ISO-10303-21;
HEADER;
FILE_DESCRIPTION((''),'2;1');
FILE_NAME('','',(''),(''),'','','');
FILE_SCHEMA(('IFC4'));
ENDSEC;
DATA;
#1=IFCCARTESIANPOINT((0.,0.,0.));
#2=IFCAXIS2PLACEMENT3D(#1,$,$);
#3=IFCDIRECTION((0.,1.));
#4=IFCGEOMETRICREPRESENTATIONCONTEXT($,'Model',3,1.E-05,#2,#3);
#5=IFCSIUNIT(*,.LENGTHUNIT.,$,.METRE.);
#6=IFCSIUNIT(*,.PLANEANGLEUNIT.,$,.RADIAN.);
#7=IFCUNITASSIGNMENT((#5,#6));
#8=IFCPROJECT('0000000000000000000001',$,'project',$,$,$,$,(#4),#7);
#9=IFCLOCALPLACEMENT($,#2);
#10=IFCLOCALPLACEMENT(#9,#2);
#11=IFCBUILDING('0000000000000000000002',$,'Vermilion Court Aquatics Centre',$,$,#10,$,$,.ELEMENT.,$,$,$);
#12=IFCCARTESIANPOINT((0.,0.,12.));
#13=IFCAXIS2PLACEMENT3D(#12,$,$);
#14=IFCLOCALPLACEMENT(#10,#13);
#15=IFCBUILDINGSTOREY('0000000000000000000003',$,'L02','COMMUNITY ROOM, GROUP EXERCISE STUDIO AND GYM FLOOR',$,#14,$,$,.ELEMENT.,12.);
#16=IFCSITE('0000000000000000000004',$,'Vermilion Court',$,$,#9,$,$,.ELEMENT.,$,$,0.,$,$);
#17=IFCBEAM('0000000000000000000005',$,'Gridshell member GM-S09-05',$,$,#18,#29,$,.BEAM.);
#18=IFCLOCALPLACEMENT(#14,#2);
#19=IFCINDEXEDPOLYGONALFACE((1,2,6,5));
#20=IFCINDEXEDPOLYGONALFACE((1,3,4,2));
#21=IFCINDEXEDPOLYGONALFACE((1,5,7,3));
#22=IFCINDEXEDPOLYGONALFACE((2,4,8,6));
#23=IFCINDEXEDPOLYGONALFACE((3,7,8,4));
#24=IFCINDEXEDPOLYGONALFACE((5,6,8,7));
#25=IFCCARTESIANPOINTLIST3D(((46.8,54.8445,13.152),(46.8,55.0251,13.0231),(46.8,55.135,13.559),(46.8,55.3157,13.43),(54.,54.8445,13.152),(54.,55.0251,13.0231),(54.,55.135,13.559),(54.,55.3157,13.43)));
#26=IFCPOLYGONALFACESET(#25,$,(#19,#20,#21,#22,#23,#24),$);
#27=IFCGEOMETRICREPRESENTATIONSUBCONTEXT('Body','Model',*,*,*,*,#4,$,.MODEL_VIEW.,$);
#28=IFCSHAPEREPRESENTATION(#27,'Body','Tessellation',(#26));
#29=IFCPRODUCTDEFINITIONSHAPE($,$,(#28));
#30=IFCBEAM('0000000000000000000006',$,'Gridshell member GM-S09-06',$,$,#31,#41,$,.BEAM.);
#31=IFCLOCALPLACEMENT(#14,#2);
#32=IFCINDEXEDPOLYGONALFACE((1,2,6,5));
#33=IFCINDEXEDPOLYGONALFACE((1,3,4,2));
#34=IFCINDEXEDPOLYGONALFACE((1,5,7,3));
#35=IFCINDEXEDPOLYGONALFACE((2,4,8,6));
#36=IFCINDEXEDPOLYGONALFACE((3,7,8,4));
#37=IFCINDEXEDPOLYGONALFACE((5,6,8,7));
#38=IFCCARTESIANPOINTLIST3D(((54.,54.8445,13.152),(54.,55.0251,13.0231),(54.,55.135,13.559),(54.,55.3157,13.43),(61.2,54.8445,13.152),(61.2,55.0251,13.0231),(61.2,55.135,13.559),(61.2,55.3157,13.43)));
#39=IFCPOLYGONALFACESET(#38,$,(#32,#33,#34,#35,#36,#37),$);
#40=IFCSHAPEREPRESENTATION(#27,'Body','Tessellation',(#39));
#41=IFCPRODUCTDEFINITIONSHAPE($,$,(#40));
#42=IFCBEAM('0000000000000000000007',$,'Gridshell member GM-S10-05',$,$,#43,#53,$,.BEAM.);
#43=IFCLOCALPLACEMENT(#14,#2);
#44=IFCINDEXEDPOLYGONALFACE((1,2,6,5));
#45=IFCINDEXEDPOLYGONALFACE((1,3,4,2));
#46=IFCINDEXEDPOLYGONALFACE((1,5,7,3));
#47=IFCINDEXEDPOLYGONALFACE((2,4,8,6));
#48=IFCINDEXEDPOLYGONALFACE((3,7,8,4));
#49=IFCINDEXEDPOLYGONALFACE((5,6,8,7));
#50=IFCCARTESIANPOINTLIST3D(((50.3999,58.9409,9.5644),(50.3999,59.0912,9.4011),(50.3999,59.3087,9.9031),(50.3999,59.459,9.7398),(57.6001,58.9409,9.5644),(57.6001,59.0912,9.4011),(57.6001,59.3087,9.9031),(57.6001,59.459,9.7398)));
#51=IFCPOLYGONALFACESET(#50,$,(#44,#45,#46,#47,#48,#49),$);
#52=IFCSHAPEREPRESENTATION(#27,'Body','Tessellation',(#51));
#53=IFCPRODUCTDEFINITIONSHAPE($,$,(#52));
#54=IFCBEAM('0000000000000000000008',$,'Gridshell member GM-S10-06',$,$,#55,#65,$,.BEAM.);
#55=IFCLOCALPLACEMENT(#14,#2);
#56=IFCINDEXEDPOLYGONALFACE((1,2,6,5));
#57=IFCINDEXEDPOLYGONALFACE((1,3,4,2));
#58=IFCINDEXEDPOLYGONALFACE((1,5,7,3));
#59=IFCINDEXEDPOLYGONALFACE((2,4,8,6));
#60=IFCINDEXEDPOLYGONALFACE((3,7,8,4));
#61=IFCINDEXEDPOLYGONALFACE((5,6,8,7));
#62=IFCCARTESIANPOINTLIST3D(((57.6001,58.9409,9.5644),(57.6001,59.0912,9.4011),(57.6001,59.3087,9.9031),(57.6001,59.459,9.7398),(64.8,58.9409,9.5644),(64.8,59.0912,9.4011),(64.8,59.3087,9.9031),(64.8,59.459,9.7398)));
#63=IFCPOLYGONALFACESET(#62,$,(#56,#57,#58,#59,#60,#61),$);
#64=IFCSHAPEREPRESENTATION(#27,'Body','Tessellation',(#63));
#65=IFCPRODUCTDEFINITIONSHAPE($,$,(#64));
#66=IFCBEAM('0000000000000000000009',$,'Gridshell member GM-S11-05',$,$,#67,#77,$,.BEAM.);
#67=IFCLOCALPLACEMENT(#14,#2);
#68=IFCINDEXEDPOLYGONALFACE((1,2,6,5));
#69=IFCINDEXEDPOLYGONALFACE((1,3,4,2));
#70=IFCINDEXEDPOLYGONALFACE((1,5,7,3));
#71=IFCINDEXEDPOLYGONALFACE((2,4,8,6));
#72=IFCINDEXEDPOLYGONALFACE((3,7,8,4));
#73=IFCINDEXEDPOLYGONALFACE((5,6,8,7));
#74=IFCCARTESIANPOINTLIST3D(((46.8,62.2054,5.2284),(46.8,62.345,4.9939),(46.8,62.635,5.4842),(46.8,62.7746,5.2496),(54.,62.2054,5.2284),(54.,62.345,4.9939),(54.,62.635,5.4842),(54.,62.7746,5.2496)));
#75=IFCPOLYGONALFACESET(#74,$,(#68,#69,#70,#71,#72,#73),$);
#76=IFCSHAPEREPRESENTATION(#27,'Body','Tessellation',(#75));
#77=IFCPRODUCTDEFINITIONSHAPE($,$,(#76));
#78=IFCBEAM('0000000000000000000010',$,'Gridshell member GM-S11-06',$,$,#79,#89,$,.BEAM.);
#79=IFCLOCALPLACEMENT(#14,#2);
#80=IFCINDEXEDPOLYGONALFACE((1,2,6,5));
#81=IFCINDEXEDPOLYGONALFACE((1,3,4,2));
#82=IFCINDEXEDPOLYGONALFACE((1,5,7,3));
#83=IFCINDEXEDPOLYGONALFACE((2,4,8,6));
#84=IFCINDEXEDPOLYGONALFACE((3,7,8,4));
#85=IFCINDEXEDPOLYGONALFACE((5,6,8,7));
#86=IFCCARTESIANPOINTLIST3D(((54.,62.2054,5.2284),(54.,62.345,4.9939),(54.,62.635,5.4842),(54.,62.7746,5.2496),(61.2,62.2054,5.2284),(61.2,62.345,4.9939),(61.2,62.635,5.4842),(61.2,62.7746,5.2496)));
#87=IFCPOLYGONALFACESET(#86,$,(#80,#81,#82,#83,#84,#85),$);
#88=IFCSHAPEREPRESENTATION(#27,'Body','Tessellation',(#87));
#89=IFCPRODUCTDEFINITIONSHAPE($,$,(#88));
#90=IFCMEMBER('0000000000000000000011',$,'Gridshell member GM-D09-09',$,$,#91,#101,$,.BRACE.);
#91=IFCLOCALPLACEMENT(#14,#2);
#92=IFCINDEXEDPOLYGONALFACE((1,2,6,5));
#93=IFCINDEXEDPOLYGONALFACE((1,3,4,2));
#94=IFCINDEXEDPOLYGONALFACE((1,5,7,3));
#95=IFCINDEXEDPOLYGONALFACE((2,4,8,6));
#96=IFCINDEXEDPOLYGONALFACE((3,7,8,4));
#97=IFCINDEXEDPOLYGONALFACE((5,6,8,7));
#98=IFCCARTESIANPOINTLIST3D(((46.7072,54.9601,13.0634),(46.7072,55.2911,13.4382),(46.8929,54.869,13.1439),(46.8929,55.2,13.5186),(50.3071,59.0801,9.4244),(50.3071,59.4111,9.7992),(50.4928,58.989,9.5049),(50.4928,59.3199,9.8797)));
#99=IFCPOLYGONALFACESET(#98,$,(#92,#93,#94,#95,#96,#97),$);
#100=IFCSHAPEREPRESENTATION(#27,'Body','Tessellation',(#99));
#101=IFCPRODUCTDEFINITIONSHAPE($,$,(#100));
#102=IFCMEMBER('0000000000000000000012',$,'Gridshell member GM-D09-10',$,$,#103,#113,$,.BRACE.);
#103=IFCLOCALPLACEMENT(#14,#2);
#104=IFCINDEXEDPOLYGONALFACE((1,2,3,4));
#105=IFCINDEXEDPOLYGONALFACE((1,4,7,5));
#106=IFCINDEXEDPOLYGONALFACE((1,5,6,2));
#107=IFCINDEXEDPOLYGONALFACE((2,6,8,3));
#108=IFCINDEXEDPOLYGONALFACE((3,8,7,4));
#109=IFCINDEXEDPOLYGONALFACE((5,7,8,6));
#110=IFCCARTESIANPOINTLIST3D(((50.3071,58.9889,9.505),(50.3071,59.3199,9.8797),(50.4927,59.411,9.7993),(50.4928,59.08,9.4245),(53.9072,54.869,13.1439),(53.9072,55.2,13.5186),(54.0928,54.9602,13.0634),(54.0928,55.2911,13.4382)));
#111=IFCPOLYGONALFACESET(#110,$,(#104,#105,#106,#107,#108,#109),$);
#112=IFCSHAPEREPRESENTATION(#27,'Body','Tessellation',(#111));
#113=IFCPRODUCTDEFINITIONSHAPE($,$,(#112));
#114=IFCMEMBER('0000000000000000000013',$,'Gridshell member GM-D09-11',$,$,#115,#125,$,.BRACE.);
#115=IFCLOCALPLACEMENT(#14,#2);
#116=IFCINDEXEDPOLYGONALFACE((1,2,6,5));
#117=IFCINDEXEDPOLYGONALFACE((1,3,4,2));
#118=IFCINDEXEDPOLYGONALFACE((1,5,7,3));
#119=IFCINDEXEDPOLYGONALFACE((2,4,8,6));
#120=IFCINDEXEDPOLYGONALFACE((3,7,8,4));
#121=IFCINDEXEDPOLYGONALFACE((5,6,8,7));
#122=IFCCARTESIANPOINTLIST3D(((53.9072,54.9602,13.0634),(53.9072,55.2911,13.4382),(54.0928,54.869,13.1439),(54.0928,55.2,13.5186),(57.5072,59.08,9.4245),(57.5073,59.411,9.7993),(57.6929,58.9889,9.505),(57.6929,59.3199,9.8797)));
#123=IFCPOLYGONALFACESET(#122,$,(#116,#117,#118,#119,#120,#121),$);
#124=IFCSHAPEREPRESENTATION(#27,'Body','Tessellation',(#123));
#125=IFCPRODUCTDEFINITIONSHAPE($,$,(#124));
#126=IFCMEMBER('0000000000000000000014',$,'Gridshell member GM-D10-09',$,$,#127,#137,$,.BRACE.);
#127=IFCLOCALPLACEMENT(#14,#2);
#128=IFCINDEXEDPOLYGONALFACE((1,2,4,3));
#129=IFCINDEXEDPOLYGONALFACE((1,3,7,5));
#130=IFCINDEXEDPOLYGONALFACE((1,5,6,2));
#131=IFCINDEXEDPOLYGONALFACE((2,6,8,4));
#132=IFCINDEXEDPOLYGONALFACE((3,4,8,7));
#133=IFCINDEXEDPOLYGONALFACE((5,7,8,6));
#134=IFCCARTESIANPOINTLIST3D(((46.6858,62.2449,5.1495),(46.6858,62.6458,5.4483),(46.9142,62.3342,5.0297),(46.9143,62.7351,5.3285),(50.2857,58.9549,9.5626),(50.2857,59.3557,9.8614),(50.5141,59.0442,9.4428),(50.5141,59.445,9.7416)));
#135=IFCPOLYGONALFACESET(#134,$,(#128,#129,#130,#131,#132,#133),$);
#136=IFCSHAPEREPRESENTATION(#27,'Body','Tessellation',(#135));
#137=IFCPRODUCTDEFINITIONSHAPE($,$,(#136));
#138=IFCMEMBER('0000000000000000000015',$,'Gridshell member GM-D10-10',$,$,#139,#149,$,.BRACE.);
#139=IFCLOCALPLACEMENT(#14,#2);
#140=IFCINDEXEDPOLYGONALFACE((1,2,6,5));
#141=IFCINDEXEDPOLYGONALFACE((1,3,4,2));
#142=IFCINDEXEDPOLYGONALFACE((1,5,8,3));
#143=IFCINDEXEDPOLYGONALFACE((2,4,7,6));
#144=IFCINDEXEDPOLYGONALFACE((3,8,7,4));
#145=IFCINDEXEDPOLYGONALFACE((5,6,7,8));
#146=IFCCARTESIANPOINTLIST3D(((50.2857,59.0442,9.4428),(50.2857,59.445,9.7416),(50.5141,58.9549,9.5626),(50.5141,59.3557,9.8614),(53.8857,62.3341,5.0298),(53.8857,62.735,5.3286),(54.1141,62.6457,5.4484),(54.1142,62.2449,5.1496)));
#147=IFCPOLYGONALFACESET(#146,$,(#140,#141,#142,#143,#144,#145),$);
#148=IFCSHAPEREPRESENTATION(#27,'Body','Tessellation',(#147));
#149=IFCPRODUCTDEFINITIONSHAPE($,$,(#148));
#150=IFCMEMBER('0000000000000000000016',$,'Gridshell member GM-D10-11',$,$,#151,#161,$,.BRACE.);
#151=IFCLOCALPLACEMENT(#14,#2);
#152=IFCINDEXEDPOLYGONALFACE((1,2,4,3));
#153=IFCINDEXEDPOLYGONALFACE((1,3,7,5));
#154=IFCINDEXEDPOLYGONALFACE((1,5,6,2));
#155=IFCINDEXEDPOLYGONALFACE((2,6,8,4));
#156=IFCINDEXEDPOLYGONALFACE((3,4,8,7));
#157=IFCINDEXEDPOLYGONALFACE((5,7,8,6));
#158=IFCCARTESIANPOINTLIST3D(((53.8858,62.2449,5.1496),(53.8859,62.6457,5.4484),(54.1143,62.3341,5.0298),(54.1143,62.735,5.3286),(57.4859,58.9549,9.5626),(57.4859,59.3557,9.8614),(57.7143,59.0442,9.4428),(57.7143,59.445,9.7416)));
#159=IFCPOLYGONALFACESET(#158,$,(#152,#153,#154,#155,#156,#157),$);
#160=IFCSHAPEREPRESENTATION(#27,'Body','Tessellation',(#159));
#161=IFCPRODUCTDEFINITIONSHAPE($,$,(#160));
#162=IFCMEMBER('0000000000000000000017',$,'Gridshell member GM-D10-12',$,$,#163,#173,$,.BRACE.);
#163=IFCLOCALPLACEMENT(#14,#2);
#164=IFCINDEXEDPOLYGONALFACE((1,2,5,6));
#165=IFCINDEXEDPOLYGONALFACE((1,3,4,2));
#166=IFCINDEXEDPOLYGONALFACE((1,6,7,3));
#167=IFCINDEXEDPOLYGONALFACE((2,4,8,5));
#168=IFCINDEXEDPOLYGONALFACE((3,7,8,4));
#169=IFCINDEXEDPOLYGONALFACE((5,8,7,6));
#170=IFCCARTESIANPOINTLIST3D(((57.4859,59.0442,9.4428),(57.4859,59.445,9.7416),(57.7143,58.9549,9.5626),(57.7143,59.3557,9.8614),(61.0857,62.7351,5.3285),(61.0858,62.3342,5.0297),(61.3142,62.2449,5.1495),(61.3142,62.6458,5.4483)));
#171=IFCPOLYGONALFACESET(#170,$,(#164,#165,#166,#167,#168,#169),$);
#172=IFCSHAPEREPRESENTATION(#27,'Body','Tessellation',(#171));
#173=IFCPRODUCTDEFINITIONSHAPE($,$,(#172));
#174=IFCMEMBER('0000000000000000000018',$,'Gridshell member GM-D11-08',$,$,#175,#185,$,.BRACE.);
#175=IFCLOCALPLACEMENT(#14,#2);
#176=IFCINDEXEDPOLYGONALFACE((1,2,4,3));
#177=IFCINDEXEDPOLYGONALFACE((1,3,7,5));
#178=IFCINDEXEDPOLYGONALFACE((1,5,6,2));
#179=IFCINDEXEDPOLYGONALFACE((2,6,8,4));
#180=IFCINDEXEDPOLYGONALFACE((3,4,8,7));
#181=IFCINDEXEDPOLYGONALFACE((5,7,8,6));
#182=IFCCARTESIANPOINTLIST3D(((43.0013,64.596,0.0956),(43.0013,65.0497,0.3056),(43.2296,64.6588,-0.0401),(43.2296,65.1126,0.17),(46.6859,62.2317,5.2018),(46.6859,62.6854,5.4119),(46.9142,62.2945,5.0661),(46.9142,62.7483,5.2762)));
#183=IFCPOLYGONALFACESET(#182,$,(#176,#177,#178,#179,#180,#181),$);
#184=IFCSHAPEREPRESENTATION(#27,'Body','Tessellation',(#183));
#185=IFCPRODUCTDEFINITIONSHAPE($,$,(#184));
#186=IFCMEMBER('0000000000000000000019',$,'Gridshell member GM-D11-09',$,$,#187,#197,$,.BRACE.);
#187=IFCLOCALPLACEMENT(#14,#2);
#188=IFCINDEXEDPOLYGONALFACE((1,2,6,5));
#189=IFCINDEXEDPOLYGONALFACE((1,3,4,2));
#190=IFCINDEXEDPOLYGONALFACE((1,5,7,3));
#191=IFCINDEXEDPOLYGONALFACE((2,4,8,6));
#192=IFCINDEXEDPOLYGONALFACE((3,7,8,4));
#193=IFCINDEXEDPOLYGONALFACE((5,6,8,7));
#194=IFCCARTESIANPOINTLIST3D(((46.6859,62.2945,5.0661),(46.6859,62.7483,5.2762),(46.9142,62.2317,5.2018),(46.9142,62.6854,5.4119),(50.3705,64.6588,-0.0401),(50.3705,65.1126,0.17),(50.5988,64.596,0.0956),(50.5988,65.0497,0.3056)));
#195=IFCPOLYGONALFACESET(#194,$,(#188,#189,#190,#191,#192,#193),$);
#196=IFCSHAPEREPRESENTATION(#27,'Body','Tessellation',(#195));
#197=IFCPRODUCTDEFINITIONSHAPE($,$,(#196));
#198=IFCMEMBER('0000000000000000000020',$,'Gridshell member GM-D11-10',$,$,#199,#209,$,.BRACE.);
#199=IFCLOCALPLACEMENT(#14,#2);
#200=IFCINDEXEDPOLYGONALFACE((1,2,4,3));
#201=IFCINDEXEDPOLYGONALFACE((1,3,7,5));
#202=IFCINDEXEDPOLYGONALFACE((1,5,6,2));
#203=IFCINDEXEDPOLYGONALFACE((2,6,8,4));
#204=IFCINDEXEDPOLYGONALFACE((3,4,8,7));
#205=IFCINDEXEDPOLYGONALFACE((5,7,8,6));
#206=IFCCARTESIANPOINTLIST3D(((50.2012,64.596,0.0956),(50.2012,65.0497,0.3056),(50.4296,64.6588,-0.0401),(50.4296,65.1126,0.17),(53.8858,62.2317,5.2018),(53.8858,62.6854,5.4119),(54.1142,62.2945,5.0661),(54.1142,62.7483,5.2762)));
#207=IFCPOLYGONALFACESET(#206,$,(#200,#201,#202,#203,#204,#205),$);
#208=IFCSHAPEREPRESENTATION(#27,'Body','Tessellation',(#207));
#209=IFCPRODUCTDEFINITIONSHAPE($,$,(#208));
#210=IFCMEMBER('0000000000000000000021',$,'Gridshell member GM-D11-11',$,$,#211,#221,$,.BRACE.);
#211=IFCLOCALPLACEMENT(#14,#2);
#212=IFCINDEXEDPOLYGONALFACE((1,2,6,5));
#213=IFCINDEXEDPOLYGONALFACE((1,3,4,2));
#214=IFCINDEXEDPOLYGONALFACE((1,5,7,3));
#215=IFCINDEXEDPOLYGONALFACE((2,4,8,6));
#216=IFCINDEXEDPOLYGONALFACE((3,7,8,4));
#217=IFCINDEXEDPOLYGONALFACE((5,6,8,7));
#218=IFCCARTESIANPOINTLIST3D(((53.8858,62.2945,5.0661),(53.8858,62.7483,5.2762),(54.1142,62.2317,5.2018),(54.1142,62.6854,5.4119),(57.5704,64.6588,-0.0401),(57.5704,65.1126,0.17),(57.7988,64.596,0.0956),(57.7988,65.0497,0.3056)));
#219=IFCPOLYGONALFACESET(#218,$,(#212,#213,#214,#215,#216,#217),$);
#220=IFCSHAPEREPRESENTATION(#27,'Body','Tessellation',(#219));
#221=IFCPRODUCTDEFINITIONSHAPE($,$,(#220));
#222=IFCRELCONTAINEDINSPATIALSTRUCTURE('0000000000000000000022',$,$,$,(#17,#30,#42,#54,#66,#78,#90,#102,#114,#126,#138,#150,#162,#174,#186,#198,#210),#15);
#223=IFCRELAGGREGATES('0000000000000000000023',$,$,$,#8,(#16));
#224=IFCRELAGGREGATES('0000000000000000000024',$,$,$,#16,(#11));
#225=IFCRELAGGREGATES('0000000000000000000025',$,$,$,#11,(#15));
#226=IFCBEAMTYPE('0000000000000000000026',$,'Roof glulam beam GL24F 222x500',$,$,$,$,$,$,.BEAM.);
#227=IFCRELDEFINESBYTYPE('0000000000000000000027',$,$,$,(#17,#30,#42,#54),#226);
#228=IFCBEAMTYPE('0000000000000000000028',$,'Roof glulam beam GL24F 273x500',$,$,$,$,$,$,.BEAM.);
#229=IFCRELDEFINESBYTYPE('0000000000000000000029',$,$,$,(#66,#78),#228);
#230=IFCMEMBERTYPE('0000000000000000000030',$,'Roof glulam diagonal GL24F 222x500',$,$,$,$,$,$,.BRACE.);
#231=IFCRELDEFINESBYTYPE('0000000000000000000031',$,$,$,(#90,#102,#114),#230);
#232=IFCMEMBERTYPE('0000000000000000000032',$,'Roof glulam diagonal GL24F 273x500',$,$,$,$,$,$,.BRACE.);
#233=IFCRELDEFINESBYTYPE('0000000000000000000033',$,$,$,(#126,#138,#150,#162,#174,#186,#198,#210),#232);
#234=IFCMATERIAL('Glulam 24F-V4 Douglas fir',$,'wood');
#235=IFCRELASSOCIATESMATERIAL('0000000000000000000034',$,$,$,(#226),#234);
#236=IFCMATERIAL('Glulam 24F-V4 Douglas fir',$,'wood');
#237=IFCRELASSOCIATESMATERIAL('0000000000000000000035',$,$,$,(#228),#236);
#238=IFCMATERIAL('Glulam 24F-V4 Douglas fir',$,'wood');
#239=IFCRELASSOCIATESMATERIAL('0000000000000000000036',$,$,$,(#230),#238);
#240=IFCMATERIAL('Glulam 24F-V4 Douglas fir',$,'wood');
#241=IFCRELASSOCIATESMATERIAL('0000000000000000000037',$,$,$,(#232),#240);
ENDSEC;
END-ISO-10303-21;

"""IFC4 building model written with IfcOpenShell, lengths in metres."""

from ifc_helpers import new_model, si_unit, direction, frame, origin, origin_2d, place, context, subcontext, project, spatial, rectangle, extrude, material, material_profile, profile_set, type_object, element, save


model = new_model("IFC4")

# Units and contexts
model_context = context("Model", 3, precision=1e-05, world=origin(), true_north=direction((0.0, 1.0)))
body_context = subcontext(model_context, "Body", "Model", "MODEL_VIEW")
ifc_project = project(units=[si_unit("LENGTHUNIT", "METRE"), si_unit("PLANEANGLEUNIT", "RADIAN")], contexts=[model_context])

# Site, building, storey
site_placement = place(None, origin())
site = spatial("IfcSite", under=ifc_project, at=site_placement, Name="Vermilion Court", CompositionType="ELEMENT", RefElevation=0.0)
building_placement = place(site_placement, origin())
building = spatial("IfcBuilding", under=site, at=building_placement, Name="Vermilion Court Aquatics Centre", CompositionType="ELEMENT")
storey_placement = place(building_placement, frame((0.0, 0.0, 12.0)))
storey = spatial("IfcBuildingStorey", under=building, at=storey_placement, Name="L02", Description="COMMUNITY ROOM, GROUP EXERCISE STUDIO AND GYM FLOOR", CompositionType="ELEMENT", Elevation=12.0)

# Beams
ifc_material_1 = material(Name="Glulam 24F-V4 Douglas fir", Category="wood")
ifc_material_profile_1 = material_profile(ifc_material_1, rectangle(XDim=0.2219, YDim=0.5, at=origin_2d()), Name="GL24F 222x500")
ifc_profile_set_1 = profile_set([ifc_material_profile_1], Name="Glulam 24F-V4 Douglas fir")
beam_type_1 = type_object("IfcBeamType", Name="Roof glulam beam GL24F 222x500", PredefinedType="BEAM", material=ifc_profile_set_1)
for number, where, z_axis, x_axis, name in (
    (1, (46.8, 55.0801, 13.291), (1.0, 0.0, 0.0), (0.0, 0.813848, -0.581078), "Gridshell member GM-S09-05"),
    (2, (54.0, 55.0801, 13.291), (1.0, 0.0, 0.0), (0.0, 0.813848, -0.581078), "Gridshell member GM-S09-06"),
):
    element("IfcBeam", number, at=place(storey_placement, frame(where, z_axis=z_axis, x_axis=x_axis)), inside=storey, type_object=beam_type_1, Name=name, PredefinedType="BEAM", context=body_context, shape_type="SweptSolid", body=[
        extrude(rectangle(XDim=0.2219, YDim=0.5, at=origin_2d()), origin(), (0.0, 0.0, 1.0), 7.2),
    ])
beam_1_placement = place(storey_placement, frame((50.3999, 59.2, 9.6521), z_axis=(1.0, 0.0, 0.0), x_axis=(0.0, 0.67726, -0.735744)))
element("IfcBeam", 3, at=beam_1_placement, inside=storey, type_object=beam_type_1, Name="Gridshell member GM-S10-05", PredefinedType="BEAM", context=body_context, shape_type="SweptSolid", body=[
    extrude(rectangle(XDim=0.2219, YDim=0.5, at=origin_2d()), origin(), (0.0, 0.0, 1.0), 7.2002),
])
beam_2_placement = place(storey_placement, frame((57.6001, 59.2, 9.6521), z_axis=(1.0, 0.0, 0.0), x_axis=(0.0, 0.67726, -0.735744)))
element("IfcBeam", 4, at=beam_2_placement, inside=storey, type_object=beam_type_1, Name="Gridshell member GM-S10-06", PredefinedType="BEAM", context=body_context, shape_type="SweptSolid", body=[
    extrude(rectangle(XDim=0.2219, YDim=0.5, at=origin_2d()), origin(), (0.0, 0.0, 1.0), 7.2),
])
ifc_material_2 = material(Name="Glulam 24F-V4 Douglas fir", Category="wood")
ifc_material_profile_2 = material_profile(ifc_material_2, rectangle(XDim=0.2729, YDim=0.5, at=origin_2d()), Name="GL24F 273x500")
ifc_profile_set_2 = profile_set([ifc_material_profile_2], Name="Glulam 24F-V4 Douglas fir")
beam_type_2 = type_object("IfcBeamType", Name="Roof glulam beam GL24F 273x500", PredefinedType="BEAM", material=ifc_profile_set_2)
for number, where, z_axis, x_axis, name in (
    (5, (46.8, 62.49, 5.239), (1.0, 0.0, 0.0), (0.0, 0.511595, -0.859227), "Gridshell member GM-S11-05"),
    (6, (54.0, 62.49, 5.239), (1.0, 0.0, 0.0), (0.0, 0.511595, -0.859227), "Gridshell member GM-S11-06"),
):
    element("IfcBeam", number, at=place(storey_placement, frame(where, z_axis=z_axis, x_axis=x_axis)), inside=storey, type_object=beam_type_2, Name=name, PredefinedType="BEAM", context=body_context, shape_type="SweptSolid", body=[
        extrude(rectangle(XDim=0.2729, YDim=0.5, at=origin_2d()), origin(), (0.0, 0.0, 1.0), 7.2),
    ])

# Members
ifc_material_3 = material(Name="Glulam 24F-V4 Douglas fir", Category="wood")
ifc_material_profile_3 = material_profile(ifc_material_3, rectangle(XDim=0.2219, YDim=0.5, at=origin_2d()), Name="GL24F 222x500")
ifc_profile_set_3 = profile_set([ifc_material_profile_3], Name="Glulam 24F-V4 Douglas fir")
member_type_1 = type_object("IfcMemberType", Name="Roof glulam diagonal GL24F 222x500", PredefinedType="BRACE", material=ifc_profile_set_3)
for number, where, z_axis, x_axis, name in (
    (7, (46.8, 55.0801, 13.291), (0.547865, 0.627007, -0.55381), (-0.836567, 0.410653, -0.362657), "Gridshell member GM-D09-09"),
    (8, (54.0, 55.0801, 13.291), (-0.547891, 0.626995, -0.553799), (-0.83655, -0.410685, 0.362661), "Gridshell member GM-D09-10"),
    (9, (54.0, 55.0801, 13.291), (0.547891, 0.626995, -0.553799), (-0.83655, 0.410685, -0.362661), "Gridshell member GM-D09-11"),
):
    element("IfcMember", number, at=place(storey_placement, frame(where, z_axis=z_axis, x_axis=x_axis)), inside=storey, type_object=member_type_1, Name=name, PredefinedType="BRACE", context=body_context, shape_type="SweptSolid", body=[
        extrude(rectangle(XDim=0.2219, YDim=0.5, at=origin_2d()), origin(), (0.0, 0.0, 1.0), 6.5708),
    ])
ifc_material_4 = material(Name="Glulam 24F-V4 Douglas fir", Category="wood")
ifc_material_profile_4 = material_profile(ifc_material_4, rectangle(XDim=0.2729, YDim=0.5, at=origin_2d()), Name="GL24F 273x500")
ifc_profile_set_4 = profile_set([ifc_material_profile_4], Name="Glulam 24F-V4 Douglas fir")
member_type_2 = type_object("IfcMemberType", Name="Roof glulam diagonal GL24F 273x500", PredefinedType="BRACE", material=ifc_profile_set_4)
for number, where, z_axis, x_axis, name in (
    (10, (50.3999, 59.2, 9.6521), (-0.547329, 0.500224, -0.670974), (-0.836918, -0.327083, 0.438846), "Gridshell member GM-D10-09"),
    (11, (50.3999, 59.2, 9.6521), (0.547355, 0.500214, -0.670961), (-0.836901, 0.327117, -0.438853), "Gridshell member GM-D10-10"),
    (12, (57.6001, 59.2, 9.6521), (-0.547355, 0.500214, -0.670961), (-0.836901, -0.327117, 0.438853), "Gridshell member GM-D10-11"),
    (13, (57.6001, 59.2, 9.6521), (0.547329, 0.500224, -0.670974), (-0.836918, 0.327083, -0.438846), "Gridshell member GM-D10-12"),
):
    element("IfcMember", number, at=place(storey_placement, frame(where, z_axis=z_axis, x_axis=x_axis)), inside=storey, type_object=member_type_2, Name=name, PredefinedType="BRACE", context=body_context, shape_type="SweptSolid", body=[
        extrude(rectangle(XDim=0.2729, YDim=0.5, at=origin_2d()), origin(), (0.0, 0.0, 1.0), 6.5771),
    ])
for number, where, z_axis, x_axis, name in (
    (14, (46.8, 62.49, 5.239), (-0.54781, 0.35151, -0.759174), (-0.836603, -0.230193, 0.497099), "Gridshell member GM-D11-08"),
    (15, (46.8, 62.49, 5.239), (0.54781, 0.35151, -0.759174), (-0.836603, 0.230193, -0.497099), "Gridshell member GM-D11-09"),
    (16, (54.0, 62.49, 5.239), (-0.54781, 0.35151, -0.759174), (-0.836603, -0.230193, 0.497099), "Gridshell member GM-D11-10"),
    (17, (54.0, 62.49, 5.239), (0.54781, 0.35151, -0.759174), (-0.836603, 0.230193, -0.497099), "Gridshell member GM-D11-11"),
):
    element("IfcMember", number, at=place(storey_placement, frame(where, z_axis=z_axis, x_axis=x_axis)), inside=storey, type_object=member_type_2, Name=name, PredefinedType="BRACE", context=body_context, shape_type="SweptSolid", body=[
        extrude(rectangle(XDim=0.2729, YDim=0.5, at=origin_2d()), origin(), (0.0, 0.0, 1.0), 6.7261),
    ])

save(model, "model.ifc")
